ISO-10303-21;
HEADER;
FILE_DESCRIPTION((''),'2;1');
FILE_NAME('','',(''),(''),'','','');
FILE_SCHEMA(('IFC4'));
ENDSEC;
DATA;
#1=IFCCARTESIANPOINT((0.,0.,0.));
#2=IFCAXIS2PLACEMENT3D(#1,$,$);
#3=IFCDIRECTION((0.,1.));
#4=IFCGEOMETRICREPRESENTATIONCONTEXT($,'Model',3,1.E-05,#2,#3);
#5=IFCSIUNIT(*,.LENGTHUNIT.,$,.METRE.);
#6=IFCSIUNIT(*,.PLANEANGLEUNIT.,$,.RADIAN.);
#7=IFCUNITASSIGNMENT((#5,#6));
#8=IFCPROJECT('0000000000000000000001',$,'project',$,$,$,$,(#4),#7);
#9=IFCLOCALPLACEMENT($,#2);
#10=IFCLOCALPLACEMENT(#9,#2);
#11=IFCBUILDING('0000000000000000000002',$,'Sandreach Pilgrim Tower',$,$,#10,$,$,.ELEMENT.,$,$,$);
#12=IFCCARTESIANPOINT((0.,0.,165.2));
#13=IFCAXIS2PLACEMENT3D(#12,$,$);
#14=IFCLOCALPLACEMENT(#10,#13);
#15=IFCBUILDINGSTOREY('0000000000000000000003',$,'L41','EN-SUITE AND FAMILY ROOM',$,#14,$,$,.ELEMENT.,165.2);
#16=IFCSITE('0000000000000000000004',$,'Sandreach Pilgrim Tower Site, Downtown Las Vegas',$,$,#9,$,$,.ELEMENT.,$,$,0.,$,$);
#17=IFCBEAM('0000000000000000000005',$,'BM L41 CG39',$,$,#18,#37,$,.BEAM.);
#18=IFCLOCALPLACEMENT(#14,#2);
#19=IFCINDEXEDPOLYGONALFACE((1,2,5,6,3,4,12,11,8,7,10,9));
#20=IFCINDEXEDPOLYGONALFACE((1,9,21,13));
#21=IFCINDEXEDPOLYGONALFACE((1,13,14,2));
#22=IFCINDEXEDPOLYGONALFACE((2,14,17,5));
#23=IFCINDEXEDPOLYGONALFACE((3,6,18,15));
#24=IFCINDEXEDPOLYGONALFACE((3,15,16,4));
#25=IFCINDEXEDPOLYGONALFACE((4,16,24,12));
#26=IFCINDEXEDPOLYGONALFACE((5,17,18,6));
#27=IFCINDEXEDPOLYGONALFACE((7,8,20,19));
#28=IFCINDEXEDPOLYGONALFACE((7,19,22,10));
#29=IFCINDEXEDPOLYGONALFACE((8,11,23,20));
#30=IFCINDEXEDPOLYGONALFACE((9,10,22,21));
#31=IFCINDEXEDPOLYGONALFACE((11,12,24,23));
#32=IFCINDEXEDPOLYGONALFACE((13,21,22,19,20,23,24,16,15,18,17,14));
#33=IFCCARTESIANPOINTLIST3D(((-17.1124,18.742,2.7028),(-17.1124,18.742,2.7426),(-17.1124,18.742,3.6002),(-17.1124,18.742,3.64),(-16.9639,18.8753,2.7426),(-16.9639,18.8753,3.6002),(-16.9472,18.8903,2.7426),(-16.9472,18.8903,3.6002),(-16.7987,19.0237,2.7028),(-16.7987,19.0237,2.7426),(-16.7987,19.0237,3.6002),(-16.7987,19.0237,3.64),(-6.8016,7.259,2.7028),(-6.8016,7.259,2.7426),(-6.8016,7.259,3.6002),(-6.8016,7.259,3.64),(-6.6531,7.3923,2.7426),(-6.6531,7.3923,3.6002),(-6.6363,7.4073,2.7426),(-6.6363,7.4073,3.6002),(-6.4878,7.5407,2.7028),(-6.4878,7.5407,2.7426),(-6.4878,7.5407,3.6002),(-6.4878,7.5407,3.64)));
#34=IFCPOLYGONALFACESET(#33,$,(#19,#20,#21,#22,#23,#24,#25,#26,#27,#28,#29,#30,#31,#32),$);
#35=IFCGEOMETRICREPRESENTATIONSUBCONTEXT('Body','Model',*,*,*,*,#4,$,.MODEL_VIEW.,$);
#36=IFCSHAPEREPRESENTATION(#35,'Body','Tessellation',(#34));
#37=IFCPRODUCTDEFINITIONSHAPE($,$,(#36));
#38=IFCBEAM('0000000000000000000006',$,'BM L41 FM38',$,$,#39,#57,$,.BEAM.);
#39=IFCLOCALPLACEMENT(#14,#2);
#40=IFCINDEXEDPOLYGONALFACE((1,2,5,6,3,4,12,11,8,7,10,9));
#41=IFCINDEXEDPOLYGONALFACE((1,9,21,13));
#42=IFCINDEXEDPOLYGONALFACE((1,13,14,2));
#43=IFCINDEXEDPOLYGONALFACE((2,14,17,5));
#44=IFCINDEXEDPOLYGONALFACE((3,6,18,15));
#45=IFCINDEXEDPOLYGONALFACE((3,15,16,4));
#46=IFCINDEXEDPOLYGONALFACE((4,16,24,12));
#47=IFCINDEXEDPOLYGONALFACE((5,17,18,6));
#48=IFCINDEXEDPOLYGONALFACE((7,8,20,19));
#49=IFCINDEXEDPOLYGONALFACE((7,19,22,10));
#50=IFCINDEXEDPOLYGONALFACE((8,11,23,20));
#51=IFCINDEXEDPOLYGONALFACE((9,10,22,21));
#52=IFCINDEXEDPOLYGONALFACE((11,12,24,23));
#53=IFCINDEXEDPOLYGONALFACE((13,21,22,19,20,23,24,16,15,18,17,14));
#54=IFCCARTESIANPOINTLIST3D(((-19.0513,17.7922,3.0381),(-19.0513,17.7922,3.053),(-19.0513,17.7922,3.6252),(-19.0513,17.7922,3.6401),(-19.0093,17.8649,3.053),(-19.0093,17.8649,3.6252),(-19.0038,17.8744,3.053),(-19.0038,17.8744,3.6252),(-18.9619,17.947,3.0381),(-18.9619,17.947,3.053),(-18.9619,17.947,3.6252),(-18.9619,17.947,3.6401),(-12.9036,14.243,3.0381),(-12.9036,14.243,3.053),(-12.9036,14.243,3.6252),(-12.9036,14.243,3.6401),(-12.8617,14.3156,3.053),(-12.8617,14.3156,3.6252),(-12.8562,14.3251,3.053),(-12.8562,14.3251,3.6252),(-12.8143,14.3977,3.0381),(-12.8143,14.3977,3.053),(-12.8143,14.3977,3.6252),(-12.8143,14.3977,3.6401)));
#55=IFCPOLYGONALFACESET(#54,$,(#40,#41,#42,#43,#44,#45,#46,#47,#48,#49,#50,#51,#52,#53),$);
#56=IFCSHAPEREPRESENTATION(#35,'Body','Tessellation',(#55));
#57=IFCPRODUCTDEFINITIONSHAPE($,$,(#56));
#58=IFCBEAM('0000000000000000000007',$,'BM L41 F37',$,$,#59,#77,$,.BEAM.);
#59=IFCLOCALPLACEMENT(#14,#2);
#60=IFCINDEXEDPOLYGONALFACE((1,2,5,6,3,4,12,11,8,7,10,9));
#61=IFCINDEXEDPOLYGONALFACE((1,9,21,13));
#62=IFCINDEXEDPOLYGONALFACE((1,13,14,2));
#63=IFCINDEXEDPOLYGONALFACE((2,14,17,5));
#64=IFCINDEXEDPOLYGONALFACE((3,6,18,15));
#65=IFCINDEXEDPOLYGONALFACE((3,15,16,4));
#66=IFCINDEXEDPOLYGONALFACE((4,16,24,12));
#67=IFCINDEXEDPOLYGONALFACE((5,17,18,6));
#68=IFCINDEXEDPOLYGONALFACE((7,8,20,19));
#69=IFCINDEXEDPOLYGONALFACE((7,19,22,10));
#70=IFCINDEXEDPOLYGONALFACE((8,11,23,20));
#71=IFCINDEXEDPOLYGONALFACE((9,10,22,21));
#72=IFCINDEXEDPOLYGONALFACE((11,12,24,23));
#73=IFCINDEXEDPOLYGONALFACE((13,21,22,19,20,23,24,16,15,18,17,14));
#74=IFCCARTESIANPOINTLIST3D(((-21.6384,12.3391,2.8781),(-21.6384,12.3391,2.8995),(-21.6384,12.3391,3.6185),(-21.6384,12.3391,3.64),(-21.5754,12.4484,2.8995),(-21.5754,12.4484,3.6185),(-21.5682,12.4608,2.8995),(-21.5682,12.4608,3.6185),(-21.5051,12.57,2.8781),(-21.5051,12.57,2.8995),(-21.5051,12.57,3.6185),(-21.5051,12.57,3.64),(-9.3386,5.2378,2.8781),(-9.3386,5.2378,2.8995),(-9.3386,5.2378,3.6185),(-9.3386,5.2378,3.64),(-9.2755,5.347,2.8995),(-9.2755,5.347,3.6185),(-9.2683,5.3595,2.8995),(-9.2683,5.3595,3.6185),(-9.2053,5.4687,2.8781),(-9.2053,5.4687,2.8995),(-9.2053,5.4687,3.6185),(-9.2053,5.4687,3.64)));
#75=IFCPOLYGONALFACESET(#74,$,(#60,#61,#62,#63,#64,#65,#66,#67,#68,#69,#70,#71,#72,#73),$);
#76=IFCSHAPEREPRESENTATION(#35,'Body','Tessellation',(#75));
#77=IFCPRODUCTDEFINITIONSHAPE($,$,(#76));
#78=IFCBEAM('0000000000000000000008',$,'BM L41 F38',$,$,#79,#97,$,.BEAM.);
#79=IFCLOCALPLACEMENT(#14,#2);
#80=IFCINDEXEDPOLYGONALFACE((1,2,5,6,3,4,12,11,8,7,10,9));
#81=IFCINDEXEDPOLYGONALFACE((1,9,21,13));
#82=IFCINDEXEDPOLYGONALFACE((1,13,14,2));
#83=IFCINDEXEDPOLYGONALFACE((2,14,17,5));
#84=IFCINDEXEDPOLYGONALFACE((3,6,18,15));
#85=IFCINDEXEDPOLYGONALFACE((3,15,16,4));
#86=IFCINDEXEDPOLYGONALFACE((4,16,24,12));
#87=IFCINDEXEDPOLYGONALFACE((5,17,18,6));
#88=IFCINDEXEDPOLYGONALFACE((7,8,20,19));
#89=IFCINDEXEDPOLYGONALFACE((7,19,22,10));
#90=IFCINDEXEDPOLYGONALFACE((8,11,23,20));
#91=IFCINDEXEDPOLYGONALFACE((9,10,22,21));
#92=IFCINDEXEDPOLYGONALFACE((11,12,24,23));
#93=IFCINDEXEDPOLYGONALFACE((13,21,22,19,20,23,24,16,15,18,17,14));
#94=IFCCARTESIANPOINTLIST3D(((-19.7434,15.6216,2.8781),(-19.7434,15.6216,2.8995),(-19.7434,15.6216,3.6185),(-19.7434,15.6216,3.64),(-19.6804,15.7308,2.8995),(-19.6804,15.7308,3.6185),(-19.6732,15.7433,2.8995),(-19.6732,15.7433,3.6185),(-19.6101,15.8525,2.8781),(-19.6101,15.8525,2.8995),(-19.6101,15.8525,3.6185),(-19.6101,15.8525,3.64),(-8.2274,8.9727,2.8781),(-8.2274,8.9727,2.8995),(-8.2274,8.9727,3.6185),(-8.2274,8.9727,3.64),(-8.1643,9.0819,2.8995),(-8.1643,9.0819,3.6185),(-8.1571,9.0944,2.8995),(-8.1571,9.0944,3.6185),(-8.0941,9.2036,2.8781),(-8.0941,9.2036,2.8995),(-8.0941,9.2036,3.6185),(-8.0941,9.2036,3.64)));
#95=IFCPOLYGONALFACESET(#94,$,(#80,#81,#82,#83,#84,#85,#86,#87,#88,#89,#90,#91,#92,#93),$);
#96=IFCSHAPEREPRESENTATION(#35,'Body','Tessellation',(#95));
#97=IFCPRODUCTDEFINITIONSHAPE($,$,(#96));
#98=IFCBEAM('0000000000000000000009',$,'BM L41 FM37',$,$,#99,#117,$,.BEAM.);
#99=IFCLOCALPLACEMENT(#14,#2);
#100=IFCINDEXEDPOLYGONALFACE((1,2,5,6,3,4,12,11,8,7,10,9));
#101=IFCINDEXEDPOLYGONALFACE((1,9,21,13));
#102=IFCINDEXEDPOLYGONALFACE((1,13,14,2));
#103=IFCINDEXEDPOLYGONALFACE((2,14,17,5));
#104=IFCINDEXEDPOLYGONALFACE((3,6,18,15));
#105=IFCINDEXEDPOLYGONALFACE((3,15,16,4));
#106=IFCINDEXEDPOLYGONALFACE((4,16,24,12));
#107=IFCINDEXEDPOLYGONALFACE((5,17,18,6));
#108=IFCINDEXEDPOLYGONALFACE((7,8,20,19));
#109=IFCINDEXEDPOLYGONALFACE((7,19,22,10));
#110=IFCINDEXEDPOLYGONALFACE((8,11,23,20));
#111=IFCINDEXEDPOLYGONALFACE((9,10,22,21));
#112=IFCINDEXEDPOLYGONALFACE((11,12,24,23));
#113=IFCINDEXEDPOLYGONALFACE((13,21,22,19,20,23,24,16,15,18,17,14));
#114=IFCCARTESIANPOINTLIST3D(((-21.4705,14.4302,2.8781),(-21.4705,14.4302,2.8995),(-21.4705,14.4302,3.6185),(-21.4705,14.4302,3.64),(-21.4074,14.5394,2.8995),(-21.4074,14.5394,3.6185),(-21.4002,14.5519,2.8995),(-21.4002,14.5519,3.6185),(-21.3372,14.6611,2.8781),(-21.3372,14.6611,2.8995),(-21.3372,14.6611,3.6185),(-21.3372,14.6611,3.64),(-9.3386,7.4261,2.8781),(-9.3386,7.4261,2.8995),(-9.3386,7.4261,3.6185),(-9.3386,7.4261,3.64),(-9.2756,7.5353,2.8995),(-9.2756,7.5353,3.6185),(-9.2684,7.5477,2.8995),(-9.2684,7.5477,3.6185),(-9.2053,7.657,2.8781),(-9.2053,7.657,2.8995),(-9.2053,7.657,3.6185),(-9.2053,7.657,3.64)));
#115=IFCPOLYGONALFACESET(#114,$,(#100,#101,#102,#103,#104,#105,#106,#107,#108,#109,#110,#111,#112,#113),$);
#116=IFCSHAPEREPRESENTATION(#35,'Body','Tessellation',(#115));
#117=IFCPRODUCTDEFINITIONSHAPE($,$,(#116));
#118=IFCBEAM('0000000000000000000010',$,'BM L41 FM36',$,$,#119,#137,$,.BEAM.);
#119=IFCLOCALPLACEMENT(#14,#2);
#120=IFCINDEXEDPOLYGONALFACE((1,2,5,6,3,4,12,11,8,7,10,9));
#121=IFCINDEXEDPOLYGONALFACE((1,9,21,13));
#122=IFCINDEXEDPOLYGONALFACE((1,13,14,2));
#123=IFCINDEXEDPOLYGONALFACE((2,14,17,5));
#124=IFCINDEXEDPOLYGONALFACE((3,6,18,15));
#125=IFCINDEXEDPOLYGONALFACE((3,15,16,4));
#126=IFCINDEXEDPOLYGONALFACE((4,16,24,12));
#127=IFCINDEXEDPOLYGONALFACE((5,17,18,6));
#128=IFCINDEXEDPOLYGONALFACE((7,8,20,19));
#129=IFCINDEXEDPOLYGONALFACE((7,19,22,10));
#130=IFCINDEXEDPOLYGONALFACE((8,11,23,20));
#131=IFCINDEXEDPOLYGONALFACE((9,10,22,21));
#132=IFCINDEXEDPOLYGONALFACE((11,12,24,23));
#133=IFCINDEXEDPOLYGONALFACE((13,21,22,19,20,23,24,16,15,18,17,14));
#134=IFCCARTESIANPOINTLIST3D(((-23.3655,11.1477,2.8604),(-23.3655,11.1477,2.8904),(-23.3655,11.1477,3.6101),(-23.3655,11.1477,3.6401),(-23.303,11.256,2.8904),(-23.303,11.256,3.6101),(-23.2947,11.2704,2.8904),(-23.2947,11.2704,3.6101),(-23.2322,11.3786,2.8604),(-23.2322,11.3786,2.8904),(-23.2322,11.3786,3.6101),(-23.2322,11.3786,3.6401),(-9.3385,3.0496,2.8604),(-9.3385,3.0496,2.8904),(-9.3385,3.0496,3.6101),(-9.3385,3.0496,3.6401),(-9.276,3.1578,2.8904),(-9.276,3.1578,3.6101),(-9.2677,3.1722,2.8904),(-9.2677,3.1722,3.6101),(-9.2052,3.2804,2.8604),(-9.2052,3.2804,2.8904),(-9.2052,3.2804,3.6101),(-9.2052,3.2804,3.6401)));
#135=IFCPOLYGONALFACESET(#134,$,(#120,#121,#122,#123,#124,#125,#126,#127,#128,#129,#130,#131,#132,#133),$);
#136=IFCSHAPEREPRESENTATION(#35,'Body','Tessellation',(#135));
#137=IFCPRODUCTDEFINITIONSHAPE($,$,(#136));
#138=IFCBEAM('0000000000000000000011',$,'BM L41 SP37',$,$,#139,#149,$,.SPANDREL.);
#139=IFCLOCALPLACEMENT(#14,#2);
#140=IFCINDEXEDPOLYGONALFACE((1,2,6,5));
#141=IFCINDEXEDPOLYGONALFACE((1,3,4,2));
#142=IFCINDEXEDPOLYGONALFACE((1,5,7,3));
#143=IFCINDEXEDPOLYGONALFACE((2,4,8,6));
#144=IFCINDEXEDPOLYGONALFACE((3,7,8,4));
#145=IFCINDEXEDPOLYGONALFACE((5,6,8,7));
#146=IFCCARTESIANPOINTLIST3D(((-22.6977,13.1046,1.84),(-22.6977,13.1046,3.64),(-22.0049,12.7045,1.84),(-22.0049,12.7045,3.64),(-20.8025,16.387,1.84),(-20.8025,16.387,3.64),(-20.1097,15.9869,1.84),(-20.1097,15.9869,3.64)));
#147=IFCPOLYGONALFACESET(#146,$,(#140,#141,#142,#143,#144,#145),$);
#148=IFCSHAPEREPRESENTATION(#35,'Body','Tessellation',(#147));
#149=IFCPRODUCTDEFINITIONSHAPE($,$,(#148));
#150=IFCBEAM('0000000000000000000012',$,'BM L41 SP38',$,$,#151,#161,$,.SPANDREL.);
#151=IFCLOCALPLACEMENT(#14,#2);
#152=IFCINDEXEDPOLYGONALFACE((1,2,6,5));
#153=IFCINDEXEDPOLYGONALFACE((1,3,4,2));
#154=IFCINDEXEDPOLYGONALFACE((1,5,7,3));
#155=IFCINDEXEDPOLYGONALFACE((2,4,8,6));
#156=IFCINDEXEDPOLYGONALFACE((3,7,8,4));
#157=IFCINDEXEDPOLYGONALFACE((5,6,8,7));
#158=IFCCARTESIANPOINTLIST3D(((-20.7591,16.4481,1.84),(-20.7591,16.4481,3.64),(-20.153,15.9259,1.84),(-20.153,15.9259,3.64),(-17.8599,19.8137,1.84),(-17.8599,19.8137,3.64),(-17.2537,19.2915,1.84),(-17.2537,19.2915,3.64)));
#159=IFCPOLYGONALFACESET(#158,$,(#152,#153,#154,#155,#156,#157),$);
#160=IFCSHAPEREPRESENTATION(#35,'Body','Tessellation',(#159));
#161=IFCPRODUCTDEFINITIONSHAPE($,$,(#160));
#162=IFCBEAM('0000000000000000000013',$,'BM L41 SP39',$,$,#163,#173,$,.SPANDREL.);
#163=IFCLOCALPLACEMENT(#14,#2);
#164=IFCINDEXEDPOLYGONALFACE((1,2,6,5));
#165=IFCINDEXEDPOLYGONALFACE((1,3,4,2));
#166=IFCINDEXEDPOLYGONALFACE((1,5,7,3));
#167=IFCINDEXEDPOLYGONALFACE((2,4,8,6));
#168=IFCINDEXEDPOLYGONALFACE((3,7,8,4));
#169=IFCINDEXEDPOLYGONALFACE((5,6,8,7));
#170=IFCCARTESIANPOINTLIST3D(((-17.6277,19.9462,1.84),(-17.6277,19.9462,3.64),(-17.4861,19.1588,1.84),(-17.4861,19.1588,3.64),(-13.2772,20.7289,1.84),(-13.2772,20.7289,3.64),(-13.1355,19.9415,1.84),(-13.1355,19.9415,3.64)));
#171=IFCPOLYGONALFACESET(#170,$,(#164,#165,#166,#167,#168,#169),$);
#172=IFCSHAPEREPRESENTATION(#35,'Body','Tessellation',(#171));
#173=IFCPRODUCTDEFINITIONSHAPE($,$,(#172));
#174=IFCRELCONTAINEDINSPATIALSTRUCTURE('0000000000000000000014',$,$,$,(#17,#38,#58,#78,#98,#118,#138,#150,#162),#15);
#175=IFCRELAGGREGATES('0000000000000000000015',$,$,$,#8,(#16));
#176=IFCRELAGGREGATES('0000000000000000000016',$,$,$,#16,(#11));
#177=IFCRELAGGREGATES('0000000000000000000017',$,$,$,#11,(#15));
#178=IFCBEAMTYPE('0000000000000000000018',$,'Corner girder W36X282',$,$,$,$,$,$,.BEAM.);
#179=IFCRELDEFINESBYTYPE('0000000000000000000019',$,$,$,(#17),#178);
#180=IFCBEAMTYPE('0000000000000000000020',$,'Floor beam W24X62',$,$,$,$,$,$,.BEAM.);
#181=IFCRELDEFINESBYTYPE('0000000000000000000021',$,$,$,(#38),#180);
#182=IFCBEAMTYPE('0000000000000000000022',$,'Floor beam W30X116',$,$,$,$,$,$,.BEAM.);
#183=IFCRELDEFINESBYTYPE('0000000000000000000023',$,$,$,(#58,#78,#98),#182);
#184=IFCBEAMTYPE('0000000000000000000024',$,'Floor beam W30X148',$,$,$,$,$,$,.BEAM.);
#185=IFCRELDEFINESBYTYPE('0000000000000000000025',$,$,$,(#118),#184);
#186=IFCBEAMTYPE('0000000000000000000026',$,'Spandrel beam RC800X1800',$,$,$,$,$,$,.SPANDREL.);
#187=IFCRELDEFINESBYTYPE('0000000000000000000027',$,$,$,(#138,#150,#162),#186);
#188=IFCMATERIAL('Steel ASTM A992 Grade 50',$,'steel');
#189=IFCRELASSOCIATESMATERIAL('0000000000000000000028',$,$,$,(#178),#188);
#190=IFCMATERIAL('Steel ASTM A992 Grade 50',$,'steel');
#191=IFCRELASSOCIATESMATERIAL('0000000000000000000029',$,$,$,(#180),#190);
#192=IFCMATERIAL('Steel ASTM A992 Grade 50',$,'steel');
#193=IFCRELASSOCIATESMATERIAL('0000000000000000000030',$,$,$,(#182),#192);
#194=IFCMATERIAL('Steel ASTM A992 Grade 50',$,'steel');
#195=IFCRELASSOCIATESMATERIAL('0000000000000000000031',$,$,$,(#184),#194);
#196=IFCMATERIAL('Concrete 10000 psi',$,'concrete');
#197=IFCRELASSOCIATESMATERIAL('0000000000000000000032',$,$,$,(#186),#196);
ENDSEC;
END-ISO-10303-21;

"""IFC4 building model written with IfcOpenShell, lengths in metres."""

from ifc_helpers import new_model, si_unit, direction, frame, origin, origin_2d, place, context, subcontext, project, spatial, rectangle, i_section, extrude, material, material_profile, profile_set, type_object, element, save


model = new_model("IFC4")

# Units and contexts
model_context = context("Model", 3, precision=1e-05, world=origin(), true_north=direction((0.0, 1.0)))
body_context = subcontext(model_context, "Body", "Model", "MODEL_VIEW")
ifc_project = project(units=[si_unit("LENGTHUNIT", "METRE"), si_unit("PLANEANGLEUNIT", "RADIAN")], contexts=[model_context])

# Site, building, storey
site_placement = place(None, origin())
site = spatial("IfcSite", under=ifc_project, at=site_placement, Name="Sandreach Pilgrim Tower Site, Downtown Las Vegas", CompositionType="ELEMENT", RefElevation=0.0)
building_placement = place(site_placement, origin())
building = spatial("IfcBuilding", under=site, at=building_placement, Name="Sandreach Pilgrim Tower", CompositionType="ELEMENT")
storey_placement = place(building_placement, frame((0.0, 0.0, 165.2)))
storey = spatial("IfcBuildingStorey", under=building, at=storey_placement, Name="L41", Description="EN-SUITE AND FAMILY ROOM", CompositionType="ELEMENT", Elevation=165.2)

# Beams
ifc_material_1 = material(Name="Steel ASTM A992 Grade 50", Category="steel")
ifc_material_profile_1 = material_profile(ifc_material_1, i_section(OverallWidth=0.4216, OverallDepth=0.9373, WebThickness=0.0225, FlangeThickness=0.0398, at=origin_2d()), Name="W36X282")
ifc_profile_set_1 = profile_set([ifc_material_profile_1], Name="Steel ASTM A992 Grade 50")
beam_type_1 = type_object("IfcBeamType", Name="Corner girder W36X282", PredefinedType="BEAM", material=ifc_profile_set_1)
beam_1_placement = place(storey_placement, frame((-16.9556, 18.8828, 3.1714), z_axis=(0.668111, -0.744061, 0.0), x_axis=(0.744061, 0.668111, 0.0)))
element("IfcBeam", 1, at=beam_1_placement, inside=storey, type_object=beam_type_1, Name="BM L41 CG39", PredefinedType="BEAM", context=body_context, shape_type="SweptSolid", body=[
    extrude(i_section(OverallWidth=0.4216, OverallDepth=0.9373, WebThickness=0.0225, FlangeThickness=0.0398, at=origin_2d()), origin(), (0.0, 0.0, 1.0), 15.4329),
])
ifc_material_2 = material(Name="Steel ASTM A992 Grade 50", Category="steel")
ifc_material_profile_2 = material_profile(ifc_material_2, i_section(OverallWidth=0.1787, OverallDepth=0.6021, WebThickness=0.011, FlangeThickness=0.0149, at=origin_2d()), Name="W24X62")
ifc_profile_set_2 = profile_set([ifc_material_profile_2], Name="Steel ASTM A992 Grade 50")
beam_type_2 = type_object("IfcBeamType", Name="Floor beam W24X62", PredefinedType="BEAM", material=ifc_profile_set_2)
beam_2_placement = place(storey_placement, frame((-19.0066, 17.8696, 3.3391), z_axis=(0.866029, -0.499993, 0.0), x_axis=(0.499993, 0.866029, 0.0)))
element("IfcBeam", 2, at=beam_2_placement, inside=storey, type_object=beam_type_2, Name="BM L41 FM38", PredefinedType="BEAM", context=body_context, shape_type="SweptSolid", body=[
    extrude(i_section(OverallWidth=0.1787, OverallDepth=0.6021, WebThickness=0.011, FlangeThickness=0.0149, at=origin_2d()), origin(), (0.0, 0.0, 1.0), 7.0986),
])
ifc_material_3 = material(Name="Steel ASTM A992 Grade 50", Category="steel")
ifc_material_profile_3 = material_profile(ifc_material_3, i_section(OverallWidth=0.2666, OverallDepth=0.762, WebThickness=0.0144, FlangeThickness=0.0215, at=origin_2d()), Name="W30X116")
ifc_profile_set_3 = profile_set([ifc_material_profile_3], Name="Steel ASTM A992 Grade 50")
beam_type_3 = type_object("IfcBeamType", Name="Floor beam W30X116", PredefinedType="BEAM", material=ifc_profile_set_3)
beam_3_placement = place(storey_placement, frame((-21.5718, 12.4546, 3.259), z_axis=(0.866025, -0.500001, 0.0), x_axis=(0.500001, 0.866025, 0.0)))
element("IfcBeam", 3, at=beam_3_placement, inside=storey, type_object=beam_type_3, Name="BM L41 F37", PredefinedType="BEAM", context=body_context, shape_type="SweptSolid", body=[
    extrude(i_section(OverallWidth=0.2666, OverallDepth=0.762, WebThickness=0.0144, FlangeThickness=0.0215, at=origin_2d()), origin(), (0.0, 0.0, 1.0), 14.2026),
])
beam_4_placement = place(storey_placement, frame((-19.6768, 15.7371, 3.259), z_axis=(0.866022, -0.500005, 0.0), x_axis=(0.500005, 0.866022, 0.0)))
element("IfcBeam", 4, at=beam_4_placement, inside=storey, type_object=beam_type_3, Name="BM L41 F38", PredefinedType="BEAM", context=body_context, shape_type="SweptSolid", body=[
    extrude(i_section(OverallWidth=0.2666, OverallDepth=0.762, WebThickness=0.0144, FlangeThickness=0.0215, at=origin_2d()), origin(), (0.0, 0.0, 1.0), 13.2976),
])
beam_5_placement = place(storey_placement, frame((-21.4038, 14.5457, 3.259), z_axis=(0.866031, -0.499991, 0.0), x_axis=(0.499991, 0.866031, 0.0)))
element("IfcBeam", 5, at=beam_5_placement, inside=storey, type_object=beam_type_3, Name="BM L41 FM37", PredefinedType="BEAM", context=body_context, shape_type="SweptSolid", body=[
    extrude(i_section(OverallWidth=0.2666, OverallDepth=0.762, WebThickness=0.0144, FlangeThickness=0.0215, at=origin_2d()), origin(), (0.0, 0.0, 1.0), 14.0085),
])
ifc_material_4 = material(Name="Steel ASTM A992 Grade 50", Category="steel")
ifc_material_profile_4 = material_profile(ifc_material_4, i_section(OverallWidth=0.2666, OverallDepth=0.7798, WebThickness=0.0166, FlangeThickness=0.03, at=origin_2d()), Name="W30X148")
ifc_profile_set_4 = profile_set([ifc_material_profile_4], Name="Steel ASTM A992 Grade 50")
beam_type_4 = type_object("IfcBeamType", Name="Floor beam W30X148", PredefinedType="BEAM", material=ifc_profile_set_4)
beam_6_placement = place(storey_placement, frame((-23.2988, 11.2632, 3.2502), z_axis=(0.866032, -0.499988, 0.0), x_axis=(0.499988, 0.866032, 0.0)))
element("IfcBeam", 6, at=beam_6_placement, inside=storey, type_object=beam_type_4, Name="BM L41 FM36", PredefinedType="BEAM", context=body_context, shape_type="SweptSolid", body=[
    extrude(i_section(OverallWidth=0.2666, OverallDepth=0.7798, WebThickness=0.0166, FlangeThickness=0.03, at=origin_2d()), origin(), (0.0, 0.0, 1.0), 16.1968),
])
ifc_material_5 = material(Name="Concrete 10000 psi", Category="concrete")
ifc_material_profile_5 = material_profile(ifc_material_5, rectangle(XDim=0.8, YDim=1.8, at=origin_2d()), Name="RC800X1800")
ifc_profile_set_5 = profile_set([ifc_material_profile_5], Name="Concrete 10000 psi")
beam_type_5 = type_object("IfcBeamType", Name="Spandrel beam RC800X1800", PredefinedType="SPANDREL", material=ifc_profile_set_5)
beam_7_placement = place(storey_placement, frame((-22.3513, 12.9045, 2.74), z_axis=(0.500025, 0.866011, 0.0), x_axis=(-0.866011, 0.500025, 0.0)))
element("IfcBeam", 7, at=beam_7_placement, inside=storey, type_object=beam_type_5, Name="BM L41 SP37", PredefinedType="SPANDREL", context=body_context, shape_type="SweptSolid", body=[
    extrude(rectangle(XDim=0.8, YDim=1.8, at=origin_2d()), origin(), (0.0, 0.0, 1.0), 3.7903),
])
beam_8_placement = place(storey_placement, frame((-20.4561, 16.187, 2.74), z_axis=(0.652668, 0.757644, 0.0), x_axis=(-0.757644, 0.652668, 0.0)))
element("IfcBeam", 8, at=beam_8_placement, inside=storey, type_object=beam_type_5, Name="BM L41 SP38", PredefinedType="SPANDREL", context=body_context, shape_type="SweptSolid", body=[
    extrude(rectangle(XDim=0.8, YDim=1.8, at=origin_2d()), origin(), (0.0, 0.0, 1.0), 4.4421),
])
beam_9_placement = place(storey_placement, frame((-17.5569, 19.5525, 2.74), z_axis=(0.984199, 0.177067, 0.0), x_axis=(-0.177067, 0.984199, 0.0)))
element("IfcBeam", 9, at=beam_9_placement, inside=storey, type_object=beam_type_5, Name="BM L41 SP39", PredefinedType="SPANDREL", context=body_context, shape_type="SweptSolid", body=[
    extrude(rectangle(XDim=0.8, YDim=1.8, at=origin_2d()), origin(), (0.0, 0.0, 1.0), 4.4204),
])

save(model, "model.ifc")
